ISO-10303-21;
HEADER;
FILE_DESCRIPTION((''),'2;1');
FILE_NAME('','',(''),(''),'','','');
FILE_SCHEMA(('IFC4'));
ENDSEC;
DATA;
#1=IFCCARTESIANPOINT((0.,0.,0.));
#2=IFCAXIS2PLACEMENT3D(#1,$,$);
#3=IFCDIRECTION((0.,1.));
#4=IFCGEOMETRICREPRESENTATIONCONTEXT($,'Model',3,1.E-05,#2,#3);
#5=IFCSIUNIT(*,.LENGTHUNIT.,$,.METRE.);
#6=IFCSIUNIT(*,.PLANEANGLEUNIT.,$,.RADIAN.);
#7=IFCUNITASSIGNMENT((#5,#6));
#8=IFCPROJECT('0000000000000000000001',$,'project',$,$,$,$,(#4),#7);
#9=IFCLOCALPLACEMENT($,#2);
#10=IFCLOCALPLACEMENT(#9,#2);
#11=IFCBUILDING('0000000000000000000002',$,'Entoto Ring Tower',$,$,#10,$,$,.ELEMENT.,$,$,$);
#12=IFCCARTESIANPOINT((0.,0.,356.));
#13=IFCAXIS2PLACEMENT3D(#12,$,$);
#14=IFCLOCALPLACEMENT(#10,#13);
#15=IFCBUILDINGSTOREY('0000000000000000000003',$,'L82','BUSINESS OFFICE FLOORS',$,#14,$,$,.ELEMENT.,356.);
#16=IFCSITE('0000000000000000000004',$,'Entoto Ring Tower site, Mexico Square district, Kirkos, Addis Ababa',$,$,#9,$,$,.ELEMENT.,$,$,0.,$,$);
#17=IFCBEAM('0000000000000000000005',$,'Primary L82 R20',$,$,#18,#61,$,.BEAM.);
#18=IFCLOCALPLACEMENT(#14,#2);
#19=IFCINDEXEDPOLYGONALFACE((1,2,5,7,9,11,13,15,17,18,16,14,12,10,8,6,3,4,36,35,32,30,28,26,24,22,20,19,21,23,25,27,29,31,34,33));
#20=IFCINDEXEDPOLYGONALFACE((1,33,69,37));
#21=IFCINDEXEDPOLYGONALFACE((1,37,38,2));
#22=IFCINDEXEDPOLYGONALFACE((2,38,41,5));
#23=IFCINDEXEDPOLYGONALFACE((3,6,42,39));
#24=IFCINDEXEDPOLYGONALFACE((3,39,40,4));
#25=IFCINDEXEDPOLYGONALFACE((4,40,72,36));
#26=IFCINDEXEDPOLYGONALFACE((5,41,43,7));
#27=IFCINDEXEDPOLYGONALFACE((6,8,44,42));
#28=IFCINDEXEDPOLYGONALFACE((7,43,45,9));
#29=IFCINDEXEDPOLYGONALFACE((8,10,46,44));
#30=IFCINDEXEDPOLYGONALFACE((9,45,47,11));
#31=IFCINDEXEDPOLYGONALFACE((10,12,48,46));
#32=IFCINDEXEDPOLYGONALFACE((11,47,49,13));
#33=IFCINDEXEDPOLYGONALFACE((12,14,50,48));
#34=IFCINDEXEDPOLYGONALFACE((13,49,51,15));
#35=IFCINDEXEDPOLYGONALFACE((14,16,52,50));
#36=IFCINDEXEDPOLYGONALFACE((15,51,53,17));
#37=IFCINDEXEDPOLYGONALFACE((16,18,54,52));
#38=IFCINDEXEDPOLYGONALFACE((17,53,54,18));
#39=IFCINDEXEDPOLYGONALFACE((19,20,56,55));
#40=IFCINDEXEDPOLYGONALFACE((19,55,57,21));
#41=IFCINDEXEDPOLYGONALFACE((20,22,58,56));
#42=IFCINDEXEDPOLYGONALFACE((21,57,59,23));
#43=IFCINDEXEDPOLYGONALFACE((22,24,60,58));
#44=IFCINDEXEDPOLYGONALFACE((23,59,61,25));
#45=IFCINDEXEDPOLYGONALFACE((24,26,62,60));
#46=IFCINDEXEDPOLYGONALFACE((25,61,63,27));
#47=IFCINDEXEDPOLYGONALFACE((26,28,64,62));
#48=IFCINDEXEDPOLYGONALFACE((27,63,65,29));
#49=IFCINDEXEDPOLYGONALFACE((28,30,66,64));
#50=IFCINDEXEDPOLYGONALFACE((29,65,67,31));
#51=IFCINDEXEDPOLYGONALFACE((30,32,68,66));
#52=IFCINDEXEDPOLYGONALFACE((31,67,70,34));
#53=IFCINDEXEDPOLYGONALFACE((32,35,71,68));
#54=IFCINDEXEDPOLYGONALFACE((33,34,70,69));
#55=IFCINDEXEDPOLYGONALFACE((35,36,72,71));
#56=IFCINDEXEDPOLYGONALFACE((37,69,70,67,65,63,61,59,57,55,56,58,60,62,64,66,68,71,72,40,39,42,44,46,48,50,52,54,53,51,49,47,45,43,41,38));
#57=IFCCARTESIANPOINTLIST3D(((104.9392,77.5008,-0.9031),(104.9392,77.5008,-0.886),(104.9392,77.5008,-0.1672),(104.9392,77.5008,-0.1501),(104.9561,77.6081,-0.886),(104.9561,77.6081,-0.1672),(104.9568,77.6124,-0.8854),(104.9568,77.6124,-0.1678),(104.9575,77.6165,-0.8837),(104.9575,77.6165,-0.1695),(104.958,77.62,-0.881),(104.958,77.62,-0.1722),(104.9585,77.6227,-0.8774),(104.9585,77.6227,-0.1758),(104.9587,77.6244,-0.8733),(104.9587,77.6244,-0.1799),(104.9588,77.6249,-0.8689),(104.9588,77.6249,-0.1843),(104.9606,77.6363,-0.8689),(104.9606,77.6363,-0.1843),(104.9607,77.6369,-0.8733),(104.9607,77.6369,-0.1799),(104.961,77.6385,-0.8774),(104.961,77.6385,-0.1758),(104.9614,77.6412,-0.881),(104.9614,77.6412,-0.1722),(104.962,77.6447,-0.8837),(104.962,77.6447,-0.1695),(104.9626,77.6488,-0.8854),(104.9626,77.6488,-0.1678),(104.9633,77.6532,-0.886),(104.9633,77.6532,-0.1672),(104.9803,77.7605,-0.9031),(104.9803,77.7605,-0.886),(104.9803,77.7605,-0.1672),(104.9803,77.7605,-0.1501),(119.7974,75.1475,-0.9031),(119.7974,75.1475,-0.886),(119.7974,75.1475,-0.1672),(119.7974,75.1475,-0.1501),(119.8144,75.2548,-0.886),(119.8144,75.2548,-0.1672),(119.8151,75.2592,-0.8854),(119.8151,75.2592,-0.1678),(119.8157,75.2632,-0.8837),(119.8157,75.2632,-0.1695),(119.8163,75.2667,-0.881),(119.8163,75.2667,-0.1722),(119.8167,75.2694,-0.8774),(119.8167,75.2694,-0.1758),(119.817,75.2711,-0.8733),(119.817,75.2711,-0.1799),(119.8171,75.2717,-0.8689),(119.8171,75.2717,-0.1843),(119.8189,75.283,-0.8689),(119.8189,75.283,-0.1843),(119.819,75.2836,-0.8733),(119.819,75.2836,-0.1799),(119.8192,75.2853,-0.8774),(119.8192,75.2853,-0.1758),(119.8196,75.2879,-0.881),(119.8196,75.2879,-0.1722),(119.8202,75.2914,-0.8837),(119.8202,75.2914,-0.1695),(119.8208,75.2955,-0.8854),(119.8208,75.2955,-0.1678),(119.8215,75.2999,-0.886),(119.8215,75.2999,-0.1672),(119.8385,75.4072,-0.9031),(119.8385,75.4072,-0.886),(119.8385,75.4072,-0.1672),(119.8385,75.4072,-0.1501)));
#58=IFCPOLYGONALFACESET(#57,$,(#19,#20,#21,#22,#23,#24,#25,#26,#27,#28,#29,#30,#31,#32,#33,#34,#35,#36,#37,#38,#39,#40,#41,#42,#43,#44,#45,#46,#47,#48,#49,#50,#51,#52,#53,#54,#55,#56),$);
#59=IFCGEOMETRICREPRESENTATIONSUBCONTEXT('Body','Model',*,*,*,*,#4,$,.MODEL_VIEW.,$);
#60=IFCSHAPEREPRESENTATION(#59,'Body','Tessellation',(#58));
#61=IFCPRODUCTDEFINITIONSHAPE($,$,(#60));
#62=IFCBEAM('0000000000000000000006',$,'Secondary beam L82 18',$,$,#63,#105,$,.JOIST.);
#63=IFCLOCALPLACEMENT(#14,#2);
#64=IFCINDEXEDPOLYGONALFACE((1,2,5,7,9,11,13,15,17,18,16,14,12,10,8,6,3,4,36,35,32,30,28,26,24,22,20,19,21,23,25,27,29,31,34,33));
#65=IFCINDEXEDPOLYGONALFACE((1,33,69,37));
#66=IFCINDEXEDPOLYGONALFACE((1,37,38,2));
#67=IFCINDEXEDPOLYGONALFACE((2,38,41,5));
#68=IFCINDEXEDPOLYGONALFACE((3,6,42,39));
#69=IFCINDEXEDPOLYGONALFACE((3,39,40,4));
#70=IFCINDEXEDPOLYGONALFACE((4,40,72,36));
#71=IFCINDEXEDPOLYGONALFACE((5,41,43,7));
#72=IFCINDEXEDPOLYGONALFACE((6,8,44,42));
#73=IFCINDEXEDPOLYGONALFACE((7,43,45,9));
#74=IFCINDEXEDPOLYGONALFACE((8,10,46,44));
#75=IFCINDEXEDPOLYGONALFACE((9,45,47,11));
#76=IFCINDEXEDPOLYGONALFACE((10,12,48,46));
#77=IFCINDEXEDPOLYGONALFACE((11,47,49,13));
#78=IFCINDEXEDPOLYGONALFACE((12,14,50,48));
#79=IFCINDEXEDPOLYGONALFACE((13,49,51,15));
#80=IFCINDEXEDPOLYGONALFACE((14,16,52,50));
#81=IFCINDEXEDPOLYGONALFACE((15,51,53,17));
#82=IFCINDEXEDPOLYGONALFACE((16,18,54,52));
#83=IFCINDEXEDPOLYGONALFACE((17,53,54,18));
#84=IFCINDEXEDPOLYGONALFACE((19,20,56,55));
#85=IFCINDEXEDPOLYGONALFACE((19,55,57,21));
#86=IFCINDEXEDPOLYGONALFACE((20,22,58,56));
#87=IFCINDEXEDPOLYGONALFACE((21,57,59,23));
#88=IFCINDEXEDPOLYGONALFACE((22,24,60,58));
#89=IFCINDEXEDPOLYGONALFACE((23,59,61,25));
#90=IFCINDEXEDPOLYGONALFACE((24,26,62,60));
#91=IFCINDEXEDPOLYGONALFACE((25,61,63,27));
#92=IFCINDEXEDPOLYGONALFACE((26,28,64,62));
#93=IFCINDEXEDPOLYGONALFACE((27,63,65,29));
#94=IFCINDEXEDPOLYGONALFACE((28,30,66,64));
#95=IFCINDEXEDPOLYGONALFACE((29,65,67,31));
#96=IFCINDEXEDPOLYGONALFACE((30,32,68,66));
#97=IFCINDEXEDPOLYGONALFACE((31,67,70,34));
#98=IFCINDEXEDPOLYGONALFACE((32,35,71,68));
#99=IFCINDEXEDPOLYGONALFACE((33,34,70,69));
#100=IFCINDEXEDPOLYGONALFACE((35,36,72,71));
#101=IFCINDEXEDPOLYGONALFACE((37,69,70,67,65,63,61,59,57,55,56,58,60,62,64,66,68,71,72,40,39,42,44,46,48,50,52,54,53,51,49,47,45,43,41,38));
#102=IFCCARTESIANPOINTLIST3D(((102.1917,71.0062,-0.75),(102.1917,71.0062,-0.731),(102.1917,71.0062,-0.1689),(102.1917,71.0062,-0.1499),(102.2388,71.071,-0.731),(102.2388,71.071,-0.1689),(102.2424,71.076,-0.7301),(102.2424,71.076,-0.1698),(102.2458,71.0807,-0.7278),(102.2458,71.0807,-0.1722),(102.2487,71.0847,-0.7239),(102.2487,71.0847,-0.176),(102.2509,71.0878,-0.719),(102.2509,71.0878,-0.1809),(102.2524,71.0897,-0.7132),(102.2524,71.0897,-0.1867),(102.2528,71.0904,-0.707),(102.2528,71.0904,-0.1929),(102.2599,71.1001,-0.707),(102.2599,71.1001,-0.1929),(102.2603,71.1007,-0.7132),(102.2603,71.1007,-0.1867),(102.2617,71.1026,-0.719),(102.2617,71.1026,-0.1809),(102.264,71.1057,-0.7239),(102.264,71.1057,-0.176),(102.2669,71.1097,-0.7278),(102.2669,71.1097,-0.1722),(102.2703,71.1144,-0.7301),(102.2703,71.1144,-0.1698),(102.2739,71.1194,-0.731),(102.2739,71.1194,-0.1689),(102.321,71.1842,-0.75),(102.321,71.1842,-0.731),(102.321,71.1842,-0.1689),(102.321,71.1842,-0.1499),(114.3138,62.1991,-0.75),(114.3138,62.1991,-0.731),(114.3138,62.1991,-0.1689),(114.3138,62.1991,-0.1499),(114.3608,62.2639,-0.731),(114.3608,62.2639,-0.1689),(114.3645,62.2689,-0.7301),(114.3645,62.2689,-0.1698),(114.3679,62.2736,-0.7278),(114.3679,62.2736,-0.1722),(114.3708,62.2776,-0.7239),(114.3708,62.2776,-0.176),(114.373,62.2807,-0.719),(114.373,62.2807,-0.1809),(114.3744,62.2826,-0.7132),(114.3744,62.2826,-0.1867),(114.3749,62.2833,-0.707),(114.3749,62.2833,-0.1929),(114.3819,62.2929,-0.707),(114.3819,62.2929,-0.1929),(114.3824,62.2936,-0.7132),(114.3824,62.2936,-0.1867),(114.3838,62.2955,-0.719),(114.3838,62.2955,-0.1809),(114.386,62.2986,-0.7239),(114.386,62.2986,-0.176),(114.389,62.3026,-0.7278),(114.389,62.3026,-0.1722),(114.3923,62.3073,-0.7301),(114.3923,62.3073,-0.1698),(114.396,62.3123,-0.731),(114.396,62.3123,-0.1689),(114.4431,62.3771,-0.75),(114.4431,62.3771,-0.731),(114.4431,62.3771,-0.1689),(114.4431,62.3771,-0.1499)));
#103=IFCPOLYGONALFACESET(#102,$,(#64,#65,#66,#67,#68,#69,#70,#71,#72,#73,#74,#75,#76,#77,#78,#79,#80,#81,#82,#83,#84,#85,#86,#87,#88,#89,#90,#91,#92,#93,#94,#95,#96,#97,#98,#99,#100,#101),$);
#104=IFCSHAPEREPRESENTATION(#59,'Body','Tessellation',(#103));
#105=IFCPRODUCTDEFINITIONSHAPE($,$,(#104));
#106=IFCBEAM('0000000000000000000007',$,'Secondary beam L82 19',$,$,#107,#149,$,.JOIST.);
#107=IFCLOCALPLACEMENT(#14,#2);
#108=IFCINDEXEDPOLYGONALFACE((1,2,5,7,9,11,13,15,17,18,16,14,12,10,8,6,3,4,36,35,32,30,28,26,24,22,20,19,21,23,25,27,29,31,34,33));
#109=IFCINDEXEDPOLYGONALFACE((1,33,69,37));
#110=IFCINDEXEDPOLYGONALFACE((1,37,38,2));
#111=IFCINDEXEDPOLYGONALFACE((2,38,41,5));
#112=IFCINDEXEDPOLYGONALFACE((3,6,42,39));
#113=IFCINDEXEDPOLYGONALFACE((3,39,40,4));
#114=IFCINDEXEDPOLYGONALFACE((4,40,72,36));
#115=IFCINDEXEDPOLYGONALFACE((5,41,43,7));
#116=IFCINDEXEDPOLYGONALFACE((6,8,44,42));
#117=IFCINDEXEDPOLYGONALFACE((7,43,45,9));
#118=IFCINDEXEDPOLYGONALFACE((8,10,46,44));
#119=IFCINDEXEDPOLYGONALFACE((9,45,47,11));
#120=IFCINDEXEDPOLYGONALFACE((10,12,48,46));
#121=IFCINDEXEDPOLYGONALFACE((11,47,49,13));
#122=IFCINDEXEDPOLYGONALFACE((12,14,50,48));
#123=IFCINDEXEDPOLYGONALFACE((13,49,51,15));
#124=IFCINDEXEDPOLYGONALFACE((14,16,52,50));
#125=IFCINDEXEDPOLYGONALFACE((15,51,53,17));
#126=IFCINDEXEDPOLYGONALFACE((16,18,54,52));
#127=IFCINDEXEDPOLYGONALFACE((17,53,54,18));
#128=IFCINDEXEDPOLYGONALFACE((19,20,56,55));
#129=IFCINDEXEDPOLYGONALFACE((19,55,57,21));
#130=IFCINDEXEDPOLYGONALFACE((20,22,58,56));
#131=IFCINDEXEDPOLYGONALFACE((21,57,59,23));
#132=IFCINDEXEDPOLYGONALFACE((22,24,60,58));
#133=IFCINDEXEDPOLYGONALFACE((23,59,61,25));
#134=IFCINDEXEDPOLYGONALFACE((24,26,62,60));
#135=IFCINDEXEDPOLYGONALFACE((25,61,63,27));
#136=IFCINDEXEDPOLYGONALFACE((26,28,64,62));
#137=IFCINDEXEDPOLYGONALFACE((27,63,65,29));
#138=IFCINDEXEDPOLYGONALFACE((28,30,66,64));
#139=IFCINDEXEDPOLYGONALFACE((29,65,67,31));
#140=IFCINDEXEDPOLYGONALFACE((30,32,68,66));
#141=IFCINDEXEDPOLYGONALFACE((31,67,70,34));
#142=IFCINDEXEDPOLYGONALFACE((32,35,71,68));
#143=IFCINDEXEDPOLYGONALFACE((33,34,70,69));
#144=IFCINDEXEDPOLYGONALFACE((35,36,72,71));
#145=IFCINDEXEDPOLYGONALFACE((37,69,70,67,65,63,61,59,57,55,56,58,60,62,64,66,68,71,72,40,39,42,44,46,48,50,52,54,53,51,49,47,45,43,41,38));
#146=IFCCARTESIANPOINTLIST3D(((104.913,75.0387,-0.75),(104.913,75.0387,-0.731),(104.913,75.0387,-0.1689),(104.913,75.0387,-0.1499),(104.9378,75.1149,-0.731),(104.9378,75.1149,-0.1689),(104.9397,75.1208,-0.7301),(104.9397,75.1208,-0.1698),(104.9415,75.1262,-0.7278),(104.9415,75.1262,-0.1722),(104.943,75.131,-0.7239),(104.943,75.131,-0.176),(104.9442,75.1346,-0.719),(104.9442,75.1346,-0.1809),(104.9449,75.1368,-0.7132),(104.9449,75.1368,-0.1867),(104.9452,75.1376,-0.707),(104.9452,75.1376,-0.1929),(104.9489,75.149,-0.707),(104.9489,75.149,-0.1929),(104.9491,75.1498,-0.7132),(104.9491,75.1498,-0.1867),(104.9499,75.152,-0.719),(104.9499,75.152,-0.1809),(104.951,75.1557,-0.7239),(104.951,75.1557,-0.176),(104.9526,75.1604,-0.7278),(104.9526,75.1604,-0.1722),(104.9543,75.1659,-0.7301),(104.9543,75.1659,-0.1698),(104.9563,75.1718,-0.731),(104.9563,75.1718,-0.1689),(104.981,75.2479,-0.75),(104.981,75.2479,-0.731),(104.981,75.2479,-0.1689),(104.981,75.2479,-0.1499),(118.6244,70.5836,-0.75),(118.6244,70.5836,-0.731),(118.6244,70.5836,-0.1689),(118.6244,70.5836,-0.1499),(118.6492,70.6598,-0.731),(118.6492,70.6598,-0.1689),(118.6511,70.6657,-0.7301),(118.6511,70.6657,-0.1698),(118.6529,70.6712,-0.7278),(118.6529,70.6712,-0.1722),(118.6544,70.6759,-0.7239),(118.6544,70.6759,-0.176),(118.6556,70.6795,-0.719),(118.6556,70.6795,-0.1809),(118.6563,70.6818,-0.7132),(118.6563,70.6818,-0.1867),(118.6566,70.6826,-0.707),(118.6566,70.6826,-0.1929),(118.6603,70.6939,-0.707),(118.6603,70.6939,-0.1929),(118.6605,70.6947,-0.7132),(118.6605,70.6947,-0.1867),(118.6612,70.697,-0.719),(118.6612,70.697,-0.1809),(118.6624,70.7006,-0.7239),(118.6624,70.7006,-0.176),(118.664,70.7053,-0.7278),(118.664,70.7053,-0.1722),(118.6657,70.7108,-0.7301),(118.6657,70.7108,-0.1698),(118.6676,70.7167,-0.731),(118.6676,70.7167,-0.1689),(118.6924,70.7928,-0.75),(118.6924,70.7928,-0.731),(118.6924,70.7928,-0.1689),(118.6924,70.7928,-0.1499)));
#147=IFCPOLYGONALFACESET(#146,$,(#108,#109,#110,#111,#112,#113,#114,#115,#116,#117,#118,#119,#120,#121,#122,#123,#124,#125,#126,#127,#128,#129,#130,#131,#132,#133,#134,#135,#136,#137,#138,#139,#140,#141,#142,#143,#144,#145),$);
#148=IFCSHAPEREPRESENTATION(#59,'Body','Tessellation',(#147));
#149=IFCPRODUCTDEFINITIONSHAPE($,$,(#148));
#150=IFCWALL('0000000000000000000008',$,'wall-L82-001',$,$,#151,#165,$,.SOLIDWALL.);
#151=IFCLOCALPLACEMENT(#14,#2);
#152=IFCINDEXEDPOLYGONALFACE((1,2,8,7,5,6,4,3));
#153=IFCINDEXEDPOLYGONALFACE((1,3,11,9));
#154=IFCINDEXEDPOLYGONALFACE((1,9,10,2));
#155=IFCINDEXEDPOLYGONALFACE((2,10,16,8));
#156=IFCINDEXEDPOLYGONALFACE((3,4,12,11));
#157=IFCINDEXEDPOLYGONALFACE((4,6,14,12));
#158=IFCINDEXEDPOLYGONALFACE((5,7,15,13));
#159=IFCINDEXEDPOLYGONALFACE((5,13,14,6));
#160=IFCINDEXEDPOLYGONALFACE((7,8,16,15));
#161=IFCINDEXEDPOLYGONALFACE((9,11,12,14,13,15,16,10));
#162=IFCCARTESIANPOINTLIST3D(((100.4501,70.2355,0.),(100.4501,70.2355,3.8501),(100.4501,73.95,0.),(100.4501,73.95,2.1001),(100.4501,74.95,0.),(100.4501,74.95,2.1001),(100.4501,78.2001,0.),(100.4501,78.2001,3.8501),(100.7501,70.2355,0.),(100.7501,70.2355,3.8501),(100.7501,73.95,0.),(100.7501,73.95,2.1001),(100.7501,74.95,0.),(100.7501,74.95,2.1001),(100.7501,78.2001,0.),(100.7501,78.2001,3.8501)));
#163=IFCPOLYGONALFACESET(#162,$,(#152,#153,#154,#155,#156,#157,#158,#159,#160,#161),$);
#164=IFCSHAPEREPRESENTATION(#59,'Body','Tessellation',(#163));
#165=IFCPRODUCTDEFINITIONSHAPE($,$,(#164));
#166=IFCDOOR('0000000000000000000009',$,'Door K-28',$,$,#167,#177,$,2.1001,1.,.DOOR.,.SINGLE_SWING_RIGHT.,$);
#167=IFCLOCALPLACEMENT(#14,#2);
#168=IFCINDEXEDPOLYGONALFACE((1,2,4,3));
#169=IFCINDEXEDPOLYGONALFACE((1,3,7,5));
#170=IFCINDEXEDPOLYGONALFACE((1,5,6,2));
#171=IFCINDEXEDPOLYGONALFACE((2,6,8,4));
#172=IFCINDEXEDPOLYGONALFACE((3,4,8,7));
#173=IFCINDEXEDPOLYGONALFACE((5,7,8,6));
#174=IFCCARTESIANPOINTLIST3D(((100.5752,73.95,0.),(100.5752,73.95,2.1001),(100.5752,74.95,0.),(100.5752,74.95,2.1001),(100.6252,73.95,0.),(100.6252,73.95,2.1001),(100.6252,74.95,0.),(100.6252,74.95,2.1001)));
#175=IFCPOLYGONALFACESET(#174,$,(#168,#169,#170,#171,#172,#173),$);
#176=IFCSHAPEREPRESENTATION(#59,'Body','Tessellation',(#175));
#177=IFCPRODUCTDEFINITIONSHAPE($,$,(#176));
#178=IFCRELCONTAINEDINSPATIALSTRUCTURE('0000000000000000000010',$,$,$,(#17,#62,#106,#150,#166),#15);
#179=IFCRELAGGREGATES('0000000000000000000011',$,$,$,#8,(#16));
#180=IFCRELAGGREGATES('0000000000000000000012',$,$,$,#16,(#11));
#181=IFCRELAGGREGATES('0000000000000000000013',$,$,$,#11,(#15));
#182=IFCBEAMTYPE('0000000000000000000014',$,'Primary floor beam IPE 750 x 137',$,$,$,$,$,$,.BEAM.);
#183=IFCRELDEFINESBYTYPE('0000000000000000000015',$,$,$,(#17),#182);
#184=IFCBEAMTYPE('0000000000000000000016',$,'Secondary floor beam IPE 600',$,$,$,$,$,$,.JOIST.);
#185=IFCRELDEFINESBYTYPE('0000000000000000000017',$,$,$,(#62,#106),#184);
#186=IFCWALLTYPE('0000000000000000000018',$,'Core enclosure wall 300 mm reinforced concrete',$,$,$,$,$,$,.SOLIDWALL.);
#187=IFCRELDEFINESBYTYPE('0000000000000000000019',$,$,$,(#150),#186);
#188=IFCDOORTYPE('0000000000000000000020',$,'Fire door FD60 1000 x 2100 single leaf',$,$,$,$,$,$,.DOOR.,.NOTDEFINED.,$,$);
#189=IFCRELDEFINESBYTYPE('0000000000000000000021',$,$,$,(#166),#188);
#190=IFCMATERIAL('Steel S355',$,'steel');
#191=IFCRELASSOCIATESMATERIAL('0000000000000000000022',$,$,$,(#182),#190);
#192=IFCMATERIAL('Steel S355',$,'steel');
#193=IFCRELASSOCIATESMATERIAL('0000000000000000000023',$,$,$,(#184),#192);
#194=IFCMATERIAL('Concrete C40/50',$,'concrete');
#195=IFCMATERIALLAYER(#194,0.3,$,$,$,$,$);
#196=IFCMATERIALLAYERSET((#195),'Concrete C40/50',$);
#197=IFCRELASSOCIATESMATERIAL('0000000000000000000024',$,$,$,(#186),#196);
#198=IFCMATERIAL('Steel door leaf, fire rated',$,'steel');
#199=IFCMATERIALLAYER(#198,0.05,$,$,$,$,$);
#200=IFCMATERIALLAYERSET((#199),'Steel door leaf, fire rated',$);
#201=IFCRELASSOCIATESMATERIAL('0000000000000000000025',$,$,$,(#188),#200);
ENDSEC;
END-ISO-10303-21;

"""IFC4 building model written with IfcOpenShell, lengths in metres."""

from ifc_helpers import new_model, si_unit, direction, frame, frame_2d, origin, origin_2d, place, context, subcontext, project, spatial, rectangle, i_section, extrude, material, layer, layer_set, material_profile, profile_set, type_object, element, fill, save


model = new_model("IFC4")

# Units and contexts
model_context = context("Model", 3, precision=1e-05, world=origin(), true_north=direction((0.0, 1.0)))
body_context = subcontext(model_context, "Body", "Model", "MODEL_VIEW")
ifc_project = project(units=[si_unit("LENGTHUNIT", "METRE"), si_unit("PLANEANGLEUNIT", "RADIAN")], contexts=[model_context])

# Site, building, storey
site_placement = place(None, origin())
site = spatial("IfcSite", under=ifc_project, at=site_placement, Name="Entoto Ring Tower site, Mexico Square district, Kirkos, Addis Ababa", CompositionType="ELEMENT", RefElevation=0.0)
building_placement = place(site_placement, origin())
building = spatial("IfcBuilding", under=site, at=building_placement, Name="Entoto Ring Tower", CompositionType="ELEMENT")
storey_placement = place(building_placement, frame((0.0, 0.0, 356.0)))
storey = spatial("IfcBuildingStorey", under=building, at=storey_placement, Name="L82", Description="BUSINESS OFFICE FLOORS", CompositionType="ELEMENT", Elevation=356.0)

# Beams
ifc_material_1 = material(Name="Steel S355", Category="steel")
ifc_material_profile_1 = material_profile(ifc_material_1, i_section(OverallWidth=0.2629, OverallDepth=0.7529, WebThickness=0.0115, FlangeThickness=0.0171, FilletRadius=0.0171, at=origin_2d()), Name="IPE 750 x 137")
ifc_profile_set_1 = profile_set([ifc_material_profile_1], Name="Steel S355")
beam_type_1 = type_object("IfcBeamType", Name="Primary floor beam IPE 750 x 137", PredefinedType="BEAM", material=ifc_profile_set_1)
beam_1_placement = place(storey_placement, frame((104.9597, 77.6306, -0.5266), z_axis=(0.987689, -0.156433, 0.0), x_axis=(0.156433, 0.987689, 0.0)))
element("IfcBeam", 1, at=beam_1_placement, inside=storey, type_object=beam_type_1, Name="Primary L82 R20", PredefinedType="BEAM", context=body_context, shape_type="SweptSolid", body=[
    extrude(i_section(OverallWidth=0.2629, OverallDepth=0.7529, WebThickness=0.0115, FlangeThickness=0.0171, FilletRadius=0.0171, at=origin_2d()), origin(), (0.0, 0.0, 1.0), 15.0435),
])
ifc_material_2 = material(Name="Steel S355", Category="steel")
ifc_material_profile_2 = material_profile(ifc_material_2, i_section(OverallWidth=0.22, OverallDepth=0.6001, WebThickness=0.012, FlangeThickness=0.019, FilletRadius=0.0239, at=origin_2d()), Name="IPE 600")
ifc_profile_set_2 = profile_set([ifc_material_profile_2], Name="Steel S355")
beam_type_2 = type_object("IfcBeamType", Name="Secondary floor beam IPE 600", PredefinedType="JOIST", material=ifc_profile_set_2)
beam_2_placement = place(storey_placement, frame((102.2563, 71.0952, -0.45), z_axis=(0.809019, -0.587782, 0.0), x_axis=(0.587782, 0.809019, 0.0)))
element("IfcBeam", 2, at=beam_2_placement, inside=storey, type_object=beam_type_2, Name="Secondary beam L82 18", PredefinedType="JOIST", context=body_context, shape_type="SweptSolid", body=[
    extrude(i_section(OverallWidth=0.22, OverallDepth=0.6001, WebThickness=0.012, FlangeThickness=0.019, FilletRadius=0.0239, at=origin_2d()), origin(), (0.0, 0.0, 1.0), 14.9836),
])
beam_3_placement = place(storey_placement, frame((104.947, 75.1433, -0.45), z_axis=(0.951057, -0.309015, 0.0), x_axis=(0.309015, 0.951057, 0.0)))
element("IfcBeam", 3, at=beam_3_placement, inside=storey, type_object=beam_type_2, Name="Secondary beam L82 19", PredefinedType="JOIST", context=body_context, shape_type="SweptSolid", body=[
    extrude(i_section(OverallWidth=0.22, OverallDepth=0.6001, WebThickness=0.012, FlangeThickness=0.019, FilletRadius=0.0239, at=origin_2d()), origin(), (0.0, 0.0, 1.0), 14.417),
])

# Wall, opening, door
ifc_material_3 = material(Name="Concrete C40/50", Category="concrete")
ifc_layer_1 = layer(ifc_material_3, 0.3)
ifc_layer_set_1 = layer_set([ifc_layer_1], Name="Concrete C40/50")
wall_type_1 = type_object("IfcWallType", Name="Core enclosure wall 300 mm reinforced concrete", PredefinedType="SOLIDWALL", material=ifc_layer_set_1)
wall_1_placement = place(storey_placement, frame((100.6001, 70.2354, 0.0), z_axis=(0.0, 0.0, 1.0), x_axis=(0.0, 1.0, 0.0)))
wall_1 = element("IfcWall", 4, at=wall_1_placement, inside=storey, type_object=wall_type_1, Name="wall-L82-001", PredefinedType="SOLIDWALL", context=body_context, shape_type="SweptSolid", body=[
    extrude(rectangle(XDim=7.9646, YDim=0.3, at=frame_2d((3.9824, 0.0))), origin(), (0.0, 0.0, 1.0), 3.8501),
])
opening_1_placement = place(wall_1_placement, frame((3.7146, 0.0, 0.0)))
opening_1 = element("IfcOpeningElement", 5, at=opening_1_placement, cuts=wall_1, PredefinedType="OPENING", context=body_context, shape_type="SweptSolid", body=[
    extrude(rectangle(XDim=1.0, YDim=2.1001, at=frame_2d((0.5, 1.05))), frame((0.0, 0.1602, 0.0), z_axis=(0.0, -1.0, 0.0), x_axis=(1.0, 0.0, 0.0)), (0.0, 0.0, 1.0), 0.3201),
])
ifc_material_4 = material(Name="Steel door leaf, fire rated", Category="steel")
ifc_layer_2 = layer(ifc_material_4, 0.05)
ifc_layer_set_2 = layer_set([ifc_layer_2], Name="Steel door leaf, fire rated")
door_type_1 = type_object("IfcDoorType", Name="Fire door FD60 1000 x 2100 single leaf", OperationType="NOTDEFINED", PredefinedType="DOOR", material=ifc_layer_set_2)
door_1_placement = place(opening_1_placement, origin())
door_1 = element("IfcDoor", 6, at=door_1_placement, inside=storey, type_object=door_type_1, Name="Door K-28", OperationType="SINGLE_SWING_RIGHT", OverallHeight=2.1001, OverallWidth=1.0, PredefinedType="DOOR", context=body_context, shape_type="SweptSolid", body=[
    extrude(rectangle(XDim=1.0, YDim=2.1001, at=frame_2d((0.5, 1.05))), frame((0.0, 0.0249, 0.0), z_axis=(0.0, -1.0, 0.0), x_axis=(1.0, 0.0, 0.0)), (0.0, 0.0, 1.0), 0.05),
])
fill(opening_1, door_1)

save(model, "model.ifc")
